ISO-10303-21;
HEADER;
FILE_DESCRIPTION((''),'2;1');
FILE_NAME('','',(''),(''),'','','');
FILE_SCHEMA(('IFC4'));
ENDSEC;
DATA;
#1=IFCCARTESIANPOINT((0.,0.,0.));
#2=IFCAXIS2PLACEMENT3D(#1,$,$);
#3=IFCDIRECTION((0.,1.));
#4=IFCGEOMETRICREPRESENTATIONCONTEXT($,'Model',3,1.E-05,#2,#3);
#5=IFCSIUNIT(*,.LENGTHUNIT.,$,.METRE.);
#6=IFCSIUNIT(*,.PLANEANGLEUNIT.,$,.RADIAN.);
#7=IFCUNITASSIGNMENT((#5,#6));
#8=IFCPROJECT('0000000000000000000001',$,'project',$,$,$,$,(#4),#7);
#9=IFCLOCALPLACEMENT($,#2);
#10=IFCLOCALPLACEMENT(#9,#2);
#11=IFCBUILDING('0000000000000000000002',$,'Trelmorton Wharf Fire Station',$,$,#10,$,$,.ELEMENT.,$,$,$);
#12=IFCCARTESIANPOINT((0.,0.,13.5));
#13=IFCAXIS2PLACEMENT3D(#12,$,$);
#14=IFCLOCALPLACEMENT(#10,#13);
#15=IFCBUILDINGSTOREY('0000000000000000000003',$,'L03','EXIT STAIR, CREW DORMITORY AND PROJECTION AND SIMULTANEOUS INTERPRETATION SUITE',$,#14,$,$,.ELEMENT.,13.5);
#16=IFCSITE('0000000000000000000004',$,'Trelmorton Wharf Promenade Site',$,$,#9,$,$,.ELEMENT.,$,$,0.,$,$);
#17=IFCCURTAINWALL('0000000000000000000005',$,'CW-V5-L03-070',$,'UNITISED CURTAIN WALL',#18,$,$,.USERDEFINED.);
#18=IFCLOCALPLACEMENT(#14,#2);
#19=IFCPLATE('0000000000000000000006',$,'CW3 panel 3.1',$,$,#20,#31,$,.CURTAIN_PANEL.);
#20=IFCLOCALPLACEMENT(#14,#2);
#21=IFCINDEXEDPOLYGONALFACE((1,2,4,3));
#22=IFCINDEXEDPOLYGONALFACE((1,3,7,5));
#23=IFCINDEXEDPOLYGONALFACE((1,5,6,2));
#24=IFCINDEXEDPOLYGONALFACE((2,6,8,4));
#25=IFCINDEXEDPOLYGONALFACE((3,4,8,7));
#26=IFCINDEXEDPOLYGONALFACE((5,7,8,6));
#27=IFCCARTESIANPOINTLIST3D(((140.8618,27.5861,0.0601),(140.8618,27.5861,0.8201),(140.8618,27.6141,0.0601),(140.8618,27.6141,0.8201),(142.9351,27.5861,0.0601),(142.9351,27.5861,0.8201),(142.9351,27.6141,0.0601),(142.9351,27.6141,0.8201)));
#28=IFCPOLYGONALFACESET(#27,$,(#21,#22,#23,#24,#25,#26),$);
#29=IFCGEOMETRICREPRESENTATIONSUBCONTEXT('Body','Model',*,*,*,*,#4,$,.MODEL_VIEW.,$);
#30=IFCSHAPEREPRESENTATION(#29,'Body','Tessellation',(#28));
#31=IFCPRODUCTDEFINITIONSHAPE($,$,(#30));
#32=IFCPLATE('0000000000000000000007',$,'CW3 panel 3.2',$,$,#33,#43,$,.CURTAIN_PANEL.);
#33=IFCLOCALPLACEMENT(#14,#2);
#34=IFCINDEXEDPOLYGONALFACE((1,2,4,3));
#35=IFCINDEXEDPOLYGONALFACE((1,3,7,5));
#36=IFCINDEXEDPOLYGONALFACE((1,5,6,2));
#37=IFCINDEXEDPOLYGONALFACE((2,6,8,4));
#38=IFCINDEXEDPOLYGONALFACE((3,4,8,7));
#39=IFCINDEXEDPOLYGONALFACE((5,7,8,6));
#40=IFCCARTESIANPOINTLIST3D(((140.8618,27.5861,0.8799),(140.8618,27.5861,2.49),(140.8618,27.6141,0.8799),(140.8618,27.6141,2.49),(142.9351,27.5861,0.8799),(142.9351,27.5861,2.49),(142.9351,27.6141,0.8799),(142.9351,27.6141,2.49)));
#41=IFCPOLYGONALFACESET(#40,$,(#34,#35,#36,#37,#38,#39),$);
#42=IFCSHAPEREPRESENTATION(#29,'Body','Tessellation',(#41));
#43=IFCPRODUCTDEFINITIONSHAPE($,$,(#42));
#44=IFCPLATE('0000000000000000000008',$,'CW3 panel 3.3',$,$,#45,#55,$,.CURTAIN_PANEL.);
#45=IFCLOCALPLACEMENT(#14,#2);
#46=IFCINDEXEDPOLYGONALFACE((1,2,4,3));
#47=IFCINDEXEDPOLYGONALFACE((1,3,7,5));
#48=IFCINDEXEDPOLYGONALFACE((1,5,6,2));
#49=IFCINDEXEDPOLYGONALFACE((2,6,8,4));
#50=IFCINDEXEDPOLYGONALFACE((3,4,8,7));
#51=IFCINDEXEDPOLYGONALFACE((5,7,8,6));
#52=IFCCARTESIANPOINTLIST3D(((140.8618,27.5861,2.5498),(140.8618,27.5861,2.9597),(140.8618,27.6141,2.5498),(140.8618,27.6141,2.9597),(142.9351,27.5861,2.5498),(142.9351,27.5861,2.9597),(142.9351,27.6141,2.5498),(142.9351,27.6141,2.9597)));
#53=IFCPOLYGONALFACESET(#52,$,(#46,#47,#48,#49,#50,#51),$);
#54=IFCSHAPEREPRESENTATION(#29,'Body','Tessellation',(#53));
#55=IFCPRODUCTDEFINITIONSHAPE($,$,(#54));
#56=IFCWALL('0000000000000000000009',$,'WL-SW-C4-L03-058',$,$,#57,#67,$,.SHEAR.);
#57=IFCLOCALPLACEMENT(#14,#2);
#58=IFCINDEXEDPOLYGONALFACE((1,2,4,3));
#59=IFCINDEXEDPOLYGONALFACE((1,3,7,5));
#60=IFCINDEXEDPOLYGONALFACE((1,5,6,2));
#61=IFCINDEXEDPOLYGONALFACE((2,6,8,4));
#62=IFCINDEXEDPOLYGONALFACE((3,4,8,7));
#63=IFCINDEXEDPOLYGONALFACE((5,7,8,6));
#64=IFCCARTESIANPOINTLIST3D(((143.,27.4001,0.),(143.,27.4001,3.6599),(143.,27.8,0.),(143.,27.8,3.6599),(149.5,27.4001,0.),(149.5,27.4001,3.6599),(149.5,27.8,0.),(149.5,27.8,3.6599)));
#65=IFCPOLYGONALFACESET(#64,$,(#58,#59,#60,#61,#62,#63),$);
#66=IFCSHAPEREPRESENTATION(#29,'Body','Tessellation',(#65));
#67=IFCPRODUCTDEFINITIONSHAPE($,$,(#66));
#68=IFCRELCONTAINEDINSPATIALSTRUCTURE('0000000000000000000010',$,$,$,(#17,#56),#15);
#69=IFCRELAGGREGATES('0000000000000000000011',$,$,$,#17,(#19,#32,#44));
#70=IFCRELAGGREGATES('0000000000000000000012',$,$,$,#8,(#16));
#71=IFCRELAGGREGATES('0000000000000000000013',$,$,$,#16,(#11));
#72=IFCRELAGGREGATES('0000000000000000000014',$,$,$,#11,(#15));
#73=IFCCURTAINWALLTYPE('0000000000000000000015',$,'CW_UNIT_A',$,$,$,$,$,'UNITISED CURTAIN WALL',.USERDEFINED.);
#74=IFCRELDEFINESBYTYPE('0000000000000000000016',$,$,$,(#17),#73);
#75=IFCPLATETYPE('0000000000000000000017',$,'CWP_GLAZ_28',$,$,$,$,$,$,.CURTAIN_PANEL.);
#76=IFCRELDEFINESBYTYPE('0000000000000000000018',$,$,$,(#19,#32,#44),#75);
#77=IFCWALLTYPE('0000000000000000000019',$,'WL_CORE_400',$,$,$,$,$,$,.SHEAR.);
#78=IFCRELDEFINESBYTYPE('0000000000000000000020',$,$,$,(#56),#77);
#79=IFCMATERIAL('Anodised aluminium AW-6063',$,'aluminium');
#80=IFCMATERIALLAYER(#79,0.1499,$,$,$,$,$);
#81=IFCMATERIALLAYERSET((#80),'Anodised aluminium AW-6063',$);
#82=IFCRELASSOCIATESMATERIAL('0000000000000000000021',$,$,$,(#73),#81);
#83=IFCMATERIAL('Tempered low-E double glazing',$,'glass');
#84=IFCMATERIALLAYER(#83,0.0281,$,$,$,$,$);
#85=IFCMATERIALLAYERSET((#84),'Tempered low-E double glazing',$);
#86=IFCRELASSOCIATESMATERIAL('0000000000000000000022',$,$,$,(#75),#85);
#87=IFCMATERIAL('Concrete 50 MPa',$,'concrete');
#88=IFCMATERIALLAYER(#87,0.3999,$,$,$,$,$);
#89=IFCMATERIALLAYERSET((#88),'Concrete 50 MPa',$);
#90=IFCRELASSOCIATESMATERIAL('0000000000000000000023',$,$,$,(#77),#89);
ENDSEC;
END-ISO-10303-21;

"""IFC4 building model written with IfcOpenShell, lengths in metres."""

from ifc_helpers import new_model, si_unit, direction, frame, frame_2d, origin, origin_2d, place, context, subcontext, project, spatial, rectangle, extrude, material, layer, layer_set, type_object, element, aggregate, save


model = new_model("IFC4")

# Units and contexts
model_context = context("Model", 3, precision=1e-05, world=origin(), true_north=direction((0.0, 1.0)))
body_context = subcontext(model_context, "Body", "Model", "MODEL_VIEW")
ifc_project = project(units=[si_unit("LENGTHUNIT", "METRE"), si_unit("PLANEANGLEUNIT", "RADIAN")], contexts=[model_context])

# Site, building, storey
site_placement = place(None, origin())
site = spatial("IfcSite", under=ifc_project, at=site_placement, Name="Trelmorton Wharf Promenade Site", CompositionType="ELEMENT", RefElevation=0.0)
building_placement = place(site_placement, origin())
building = spatial("IfcBuilding", under=site, at=building_placement, Name="Trelmorton Wharf Fire Station", CompositionType="ELEMENT")
storey_placement = place(building_placement, frame((0.0, 0.0, 13.5)))
storey = spatial("IfcBuildingStorey", under=building, at=storey_placement, Name="L03", Description="EXIT STAIR, CREW DORMITORY AND PROJECTION AND SIMULTANEOUS INTERPRETATION SUITE", CompositionType="ELEMENT", Elevation=13.5)

# Shared definitions
ifc_material_1 = material(Name="Anodised aluminium AW-6063", Category="aluminium")
ifc_layer_1 = layer(ifc_material_1, 0.1499)
ifc_layer_set_1 = layer_set([ifc_layer_1], Name="Anodised aluminium AW-6063")
curtain_wall_type = type_object("IfcCurtainWallType", Name="CW_UNIT_A", ElementType="UNITISED CURTAIN WALL", PredefinedType="USERDEFINED", material=ifc_layer_set_1)

# Curtain wall
curtain_wall_1_placement = place(storey_placement, origin())
curtain_wall_1 = element("IfcCurtainWall", 1, at=curtain_wall_1_placement, inside=storey, type_object=curtain_wall_type, Name="CW-V5-L03-070", ObjectType="UNITISED CURTAIN WALL", PredefinedType="USERDEFINED")

# Plates
ifc_material_2 = material(Name="Tempered low-E double glazing", Category="glass")
ifc_layer_2 = layer(ifc_material_2, 0.0281)
ifc_layer_set_2 = layer_set([ifc_layer_2], Name="Tempered low-E double glazing")
plate_type = type_object("IfcPlateType", Name="CWP_GLAZ_28", PredefinedType="CURTAIN_PANEL", material=ifc_layer_set_2)
plate_1_placement = place(storey_placement, frame((141.8984, 27.6001, 0.0601), z_axis=(0.0, 0.0, 1.0), x_axis=(1.0, 0.0, 0.0)))
plate_1 = element("IfcPlate", 2, at=plate_1_placement, type_object=plate_type, Name="CW3 panel 3.1", PredefinedType="CURTAIN_PANEL", context=body_context, shape_type="SweptSolid", body=[
    extrude(rectangle(XDim=2.0732, YDim=0.0281, at=origin_2d()), origin(), (0.0, 0.0, 1.0), 0.76),
])
plate_2_placement = place(storey_placement, frame((141.8984, 27.6001, 0.8799), z_axis=(0.0, 0.0, 1.0), x_axis=(1.0, 0.0, 0.0)))
plate_2 = element("IfcPlate", 3, at=plate_2_placement, type_object=plate_type, Name="CW3 panel 3.2", PredefinedType="CURTAIN_PANEL", context=body_context, shape_type="SweptSolid", body=[
    extrude(rectangle(XDim=2.0732, YDim=0.0281, at=origin_2d()), origin(), (0.0, 0.0, 1.0), 1.6101),
])
plate_3_placement = place(storey_placement, frame((141.8984, 27.6001, 2.5498), z_axis=(0.0, 0.0, 1.0), x_axis=(1.0, 0.0, 0.0)))
plate_3 = element("IfcPlate", 4, at=plate_3_placement, type_object=plate_type, Name="CW3 panel 3.3", PredefinedType="CURTAIN_PANEL", context=body_context, shape_type="SweptSolid", body=[
    extrude(rectangle(XDim=2.0732, YDim=0.0281, at=origin_2d()), origin(), (0.0, 0.0, 1.0), 0.4099),
])
aggregate(curtain_wall_1, [plate_1, plate_2, plate_3])

# Wall
ifc_material_3 = material(Name="Concrete 50 MPa", Category="concrete")
ifc_layer_3 = layer(ifc_material_3, 0.3999)
ifc_layer_set_3 = layer_set([ifc_layer_3], Name="Concrete 50 MPa")
wall_type = type_object("IfcWallType", Name="WL_CORE_400", PredefinedType="SHEAR", material=ifc_layer_set_3)
wall_placement = place(storey_placement, frame((143.0, 27.6001, 0.0), z_axis=(0.0, 0.0, 1.0), x_axis=(1.0, 0.0, 0.0)))
element("IfcWall", 5, at=wall_placement, inside=storey, type_object=wall_type, Name="WL-SW-C4-L03-058", PredefinedType="SHEAR", context=body_context, shape_type="SweptSolid", body=[
    extrude(rectangle(XDim=6.5, YDim=0.3999, at=frame_2d((3.25, 0.0))), origin(), (0.0, 0.0, 1.0), 3.6599),
])

save(model, "model.ifc")
